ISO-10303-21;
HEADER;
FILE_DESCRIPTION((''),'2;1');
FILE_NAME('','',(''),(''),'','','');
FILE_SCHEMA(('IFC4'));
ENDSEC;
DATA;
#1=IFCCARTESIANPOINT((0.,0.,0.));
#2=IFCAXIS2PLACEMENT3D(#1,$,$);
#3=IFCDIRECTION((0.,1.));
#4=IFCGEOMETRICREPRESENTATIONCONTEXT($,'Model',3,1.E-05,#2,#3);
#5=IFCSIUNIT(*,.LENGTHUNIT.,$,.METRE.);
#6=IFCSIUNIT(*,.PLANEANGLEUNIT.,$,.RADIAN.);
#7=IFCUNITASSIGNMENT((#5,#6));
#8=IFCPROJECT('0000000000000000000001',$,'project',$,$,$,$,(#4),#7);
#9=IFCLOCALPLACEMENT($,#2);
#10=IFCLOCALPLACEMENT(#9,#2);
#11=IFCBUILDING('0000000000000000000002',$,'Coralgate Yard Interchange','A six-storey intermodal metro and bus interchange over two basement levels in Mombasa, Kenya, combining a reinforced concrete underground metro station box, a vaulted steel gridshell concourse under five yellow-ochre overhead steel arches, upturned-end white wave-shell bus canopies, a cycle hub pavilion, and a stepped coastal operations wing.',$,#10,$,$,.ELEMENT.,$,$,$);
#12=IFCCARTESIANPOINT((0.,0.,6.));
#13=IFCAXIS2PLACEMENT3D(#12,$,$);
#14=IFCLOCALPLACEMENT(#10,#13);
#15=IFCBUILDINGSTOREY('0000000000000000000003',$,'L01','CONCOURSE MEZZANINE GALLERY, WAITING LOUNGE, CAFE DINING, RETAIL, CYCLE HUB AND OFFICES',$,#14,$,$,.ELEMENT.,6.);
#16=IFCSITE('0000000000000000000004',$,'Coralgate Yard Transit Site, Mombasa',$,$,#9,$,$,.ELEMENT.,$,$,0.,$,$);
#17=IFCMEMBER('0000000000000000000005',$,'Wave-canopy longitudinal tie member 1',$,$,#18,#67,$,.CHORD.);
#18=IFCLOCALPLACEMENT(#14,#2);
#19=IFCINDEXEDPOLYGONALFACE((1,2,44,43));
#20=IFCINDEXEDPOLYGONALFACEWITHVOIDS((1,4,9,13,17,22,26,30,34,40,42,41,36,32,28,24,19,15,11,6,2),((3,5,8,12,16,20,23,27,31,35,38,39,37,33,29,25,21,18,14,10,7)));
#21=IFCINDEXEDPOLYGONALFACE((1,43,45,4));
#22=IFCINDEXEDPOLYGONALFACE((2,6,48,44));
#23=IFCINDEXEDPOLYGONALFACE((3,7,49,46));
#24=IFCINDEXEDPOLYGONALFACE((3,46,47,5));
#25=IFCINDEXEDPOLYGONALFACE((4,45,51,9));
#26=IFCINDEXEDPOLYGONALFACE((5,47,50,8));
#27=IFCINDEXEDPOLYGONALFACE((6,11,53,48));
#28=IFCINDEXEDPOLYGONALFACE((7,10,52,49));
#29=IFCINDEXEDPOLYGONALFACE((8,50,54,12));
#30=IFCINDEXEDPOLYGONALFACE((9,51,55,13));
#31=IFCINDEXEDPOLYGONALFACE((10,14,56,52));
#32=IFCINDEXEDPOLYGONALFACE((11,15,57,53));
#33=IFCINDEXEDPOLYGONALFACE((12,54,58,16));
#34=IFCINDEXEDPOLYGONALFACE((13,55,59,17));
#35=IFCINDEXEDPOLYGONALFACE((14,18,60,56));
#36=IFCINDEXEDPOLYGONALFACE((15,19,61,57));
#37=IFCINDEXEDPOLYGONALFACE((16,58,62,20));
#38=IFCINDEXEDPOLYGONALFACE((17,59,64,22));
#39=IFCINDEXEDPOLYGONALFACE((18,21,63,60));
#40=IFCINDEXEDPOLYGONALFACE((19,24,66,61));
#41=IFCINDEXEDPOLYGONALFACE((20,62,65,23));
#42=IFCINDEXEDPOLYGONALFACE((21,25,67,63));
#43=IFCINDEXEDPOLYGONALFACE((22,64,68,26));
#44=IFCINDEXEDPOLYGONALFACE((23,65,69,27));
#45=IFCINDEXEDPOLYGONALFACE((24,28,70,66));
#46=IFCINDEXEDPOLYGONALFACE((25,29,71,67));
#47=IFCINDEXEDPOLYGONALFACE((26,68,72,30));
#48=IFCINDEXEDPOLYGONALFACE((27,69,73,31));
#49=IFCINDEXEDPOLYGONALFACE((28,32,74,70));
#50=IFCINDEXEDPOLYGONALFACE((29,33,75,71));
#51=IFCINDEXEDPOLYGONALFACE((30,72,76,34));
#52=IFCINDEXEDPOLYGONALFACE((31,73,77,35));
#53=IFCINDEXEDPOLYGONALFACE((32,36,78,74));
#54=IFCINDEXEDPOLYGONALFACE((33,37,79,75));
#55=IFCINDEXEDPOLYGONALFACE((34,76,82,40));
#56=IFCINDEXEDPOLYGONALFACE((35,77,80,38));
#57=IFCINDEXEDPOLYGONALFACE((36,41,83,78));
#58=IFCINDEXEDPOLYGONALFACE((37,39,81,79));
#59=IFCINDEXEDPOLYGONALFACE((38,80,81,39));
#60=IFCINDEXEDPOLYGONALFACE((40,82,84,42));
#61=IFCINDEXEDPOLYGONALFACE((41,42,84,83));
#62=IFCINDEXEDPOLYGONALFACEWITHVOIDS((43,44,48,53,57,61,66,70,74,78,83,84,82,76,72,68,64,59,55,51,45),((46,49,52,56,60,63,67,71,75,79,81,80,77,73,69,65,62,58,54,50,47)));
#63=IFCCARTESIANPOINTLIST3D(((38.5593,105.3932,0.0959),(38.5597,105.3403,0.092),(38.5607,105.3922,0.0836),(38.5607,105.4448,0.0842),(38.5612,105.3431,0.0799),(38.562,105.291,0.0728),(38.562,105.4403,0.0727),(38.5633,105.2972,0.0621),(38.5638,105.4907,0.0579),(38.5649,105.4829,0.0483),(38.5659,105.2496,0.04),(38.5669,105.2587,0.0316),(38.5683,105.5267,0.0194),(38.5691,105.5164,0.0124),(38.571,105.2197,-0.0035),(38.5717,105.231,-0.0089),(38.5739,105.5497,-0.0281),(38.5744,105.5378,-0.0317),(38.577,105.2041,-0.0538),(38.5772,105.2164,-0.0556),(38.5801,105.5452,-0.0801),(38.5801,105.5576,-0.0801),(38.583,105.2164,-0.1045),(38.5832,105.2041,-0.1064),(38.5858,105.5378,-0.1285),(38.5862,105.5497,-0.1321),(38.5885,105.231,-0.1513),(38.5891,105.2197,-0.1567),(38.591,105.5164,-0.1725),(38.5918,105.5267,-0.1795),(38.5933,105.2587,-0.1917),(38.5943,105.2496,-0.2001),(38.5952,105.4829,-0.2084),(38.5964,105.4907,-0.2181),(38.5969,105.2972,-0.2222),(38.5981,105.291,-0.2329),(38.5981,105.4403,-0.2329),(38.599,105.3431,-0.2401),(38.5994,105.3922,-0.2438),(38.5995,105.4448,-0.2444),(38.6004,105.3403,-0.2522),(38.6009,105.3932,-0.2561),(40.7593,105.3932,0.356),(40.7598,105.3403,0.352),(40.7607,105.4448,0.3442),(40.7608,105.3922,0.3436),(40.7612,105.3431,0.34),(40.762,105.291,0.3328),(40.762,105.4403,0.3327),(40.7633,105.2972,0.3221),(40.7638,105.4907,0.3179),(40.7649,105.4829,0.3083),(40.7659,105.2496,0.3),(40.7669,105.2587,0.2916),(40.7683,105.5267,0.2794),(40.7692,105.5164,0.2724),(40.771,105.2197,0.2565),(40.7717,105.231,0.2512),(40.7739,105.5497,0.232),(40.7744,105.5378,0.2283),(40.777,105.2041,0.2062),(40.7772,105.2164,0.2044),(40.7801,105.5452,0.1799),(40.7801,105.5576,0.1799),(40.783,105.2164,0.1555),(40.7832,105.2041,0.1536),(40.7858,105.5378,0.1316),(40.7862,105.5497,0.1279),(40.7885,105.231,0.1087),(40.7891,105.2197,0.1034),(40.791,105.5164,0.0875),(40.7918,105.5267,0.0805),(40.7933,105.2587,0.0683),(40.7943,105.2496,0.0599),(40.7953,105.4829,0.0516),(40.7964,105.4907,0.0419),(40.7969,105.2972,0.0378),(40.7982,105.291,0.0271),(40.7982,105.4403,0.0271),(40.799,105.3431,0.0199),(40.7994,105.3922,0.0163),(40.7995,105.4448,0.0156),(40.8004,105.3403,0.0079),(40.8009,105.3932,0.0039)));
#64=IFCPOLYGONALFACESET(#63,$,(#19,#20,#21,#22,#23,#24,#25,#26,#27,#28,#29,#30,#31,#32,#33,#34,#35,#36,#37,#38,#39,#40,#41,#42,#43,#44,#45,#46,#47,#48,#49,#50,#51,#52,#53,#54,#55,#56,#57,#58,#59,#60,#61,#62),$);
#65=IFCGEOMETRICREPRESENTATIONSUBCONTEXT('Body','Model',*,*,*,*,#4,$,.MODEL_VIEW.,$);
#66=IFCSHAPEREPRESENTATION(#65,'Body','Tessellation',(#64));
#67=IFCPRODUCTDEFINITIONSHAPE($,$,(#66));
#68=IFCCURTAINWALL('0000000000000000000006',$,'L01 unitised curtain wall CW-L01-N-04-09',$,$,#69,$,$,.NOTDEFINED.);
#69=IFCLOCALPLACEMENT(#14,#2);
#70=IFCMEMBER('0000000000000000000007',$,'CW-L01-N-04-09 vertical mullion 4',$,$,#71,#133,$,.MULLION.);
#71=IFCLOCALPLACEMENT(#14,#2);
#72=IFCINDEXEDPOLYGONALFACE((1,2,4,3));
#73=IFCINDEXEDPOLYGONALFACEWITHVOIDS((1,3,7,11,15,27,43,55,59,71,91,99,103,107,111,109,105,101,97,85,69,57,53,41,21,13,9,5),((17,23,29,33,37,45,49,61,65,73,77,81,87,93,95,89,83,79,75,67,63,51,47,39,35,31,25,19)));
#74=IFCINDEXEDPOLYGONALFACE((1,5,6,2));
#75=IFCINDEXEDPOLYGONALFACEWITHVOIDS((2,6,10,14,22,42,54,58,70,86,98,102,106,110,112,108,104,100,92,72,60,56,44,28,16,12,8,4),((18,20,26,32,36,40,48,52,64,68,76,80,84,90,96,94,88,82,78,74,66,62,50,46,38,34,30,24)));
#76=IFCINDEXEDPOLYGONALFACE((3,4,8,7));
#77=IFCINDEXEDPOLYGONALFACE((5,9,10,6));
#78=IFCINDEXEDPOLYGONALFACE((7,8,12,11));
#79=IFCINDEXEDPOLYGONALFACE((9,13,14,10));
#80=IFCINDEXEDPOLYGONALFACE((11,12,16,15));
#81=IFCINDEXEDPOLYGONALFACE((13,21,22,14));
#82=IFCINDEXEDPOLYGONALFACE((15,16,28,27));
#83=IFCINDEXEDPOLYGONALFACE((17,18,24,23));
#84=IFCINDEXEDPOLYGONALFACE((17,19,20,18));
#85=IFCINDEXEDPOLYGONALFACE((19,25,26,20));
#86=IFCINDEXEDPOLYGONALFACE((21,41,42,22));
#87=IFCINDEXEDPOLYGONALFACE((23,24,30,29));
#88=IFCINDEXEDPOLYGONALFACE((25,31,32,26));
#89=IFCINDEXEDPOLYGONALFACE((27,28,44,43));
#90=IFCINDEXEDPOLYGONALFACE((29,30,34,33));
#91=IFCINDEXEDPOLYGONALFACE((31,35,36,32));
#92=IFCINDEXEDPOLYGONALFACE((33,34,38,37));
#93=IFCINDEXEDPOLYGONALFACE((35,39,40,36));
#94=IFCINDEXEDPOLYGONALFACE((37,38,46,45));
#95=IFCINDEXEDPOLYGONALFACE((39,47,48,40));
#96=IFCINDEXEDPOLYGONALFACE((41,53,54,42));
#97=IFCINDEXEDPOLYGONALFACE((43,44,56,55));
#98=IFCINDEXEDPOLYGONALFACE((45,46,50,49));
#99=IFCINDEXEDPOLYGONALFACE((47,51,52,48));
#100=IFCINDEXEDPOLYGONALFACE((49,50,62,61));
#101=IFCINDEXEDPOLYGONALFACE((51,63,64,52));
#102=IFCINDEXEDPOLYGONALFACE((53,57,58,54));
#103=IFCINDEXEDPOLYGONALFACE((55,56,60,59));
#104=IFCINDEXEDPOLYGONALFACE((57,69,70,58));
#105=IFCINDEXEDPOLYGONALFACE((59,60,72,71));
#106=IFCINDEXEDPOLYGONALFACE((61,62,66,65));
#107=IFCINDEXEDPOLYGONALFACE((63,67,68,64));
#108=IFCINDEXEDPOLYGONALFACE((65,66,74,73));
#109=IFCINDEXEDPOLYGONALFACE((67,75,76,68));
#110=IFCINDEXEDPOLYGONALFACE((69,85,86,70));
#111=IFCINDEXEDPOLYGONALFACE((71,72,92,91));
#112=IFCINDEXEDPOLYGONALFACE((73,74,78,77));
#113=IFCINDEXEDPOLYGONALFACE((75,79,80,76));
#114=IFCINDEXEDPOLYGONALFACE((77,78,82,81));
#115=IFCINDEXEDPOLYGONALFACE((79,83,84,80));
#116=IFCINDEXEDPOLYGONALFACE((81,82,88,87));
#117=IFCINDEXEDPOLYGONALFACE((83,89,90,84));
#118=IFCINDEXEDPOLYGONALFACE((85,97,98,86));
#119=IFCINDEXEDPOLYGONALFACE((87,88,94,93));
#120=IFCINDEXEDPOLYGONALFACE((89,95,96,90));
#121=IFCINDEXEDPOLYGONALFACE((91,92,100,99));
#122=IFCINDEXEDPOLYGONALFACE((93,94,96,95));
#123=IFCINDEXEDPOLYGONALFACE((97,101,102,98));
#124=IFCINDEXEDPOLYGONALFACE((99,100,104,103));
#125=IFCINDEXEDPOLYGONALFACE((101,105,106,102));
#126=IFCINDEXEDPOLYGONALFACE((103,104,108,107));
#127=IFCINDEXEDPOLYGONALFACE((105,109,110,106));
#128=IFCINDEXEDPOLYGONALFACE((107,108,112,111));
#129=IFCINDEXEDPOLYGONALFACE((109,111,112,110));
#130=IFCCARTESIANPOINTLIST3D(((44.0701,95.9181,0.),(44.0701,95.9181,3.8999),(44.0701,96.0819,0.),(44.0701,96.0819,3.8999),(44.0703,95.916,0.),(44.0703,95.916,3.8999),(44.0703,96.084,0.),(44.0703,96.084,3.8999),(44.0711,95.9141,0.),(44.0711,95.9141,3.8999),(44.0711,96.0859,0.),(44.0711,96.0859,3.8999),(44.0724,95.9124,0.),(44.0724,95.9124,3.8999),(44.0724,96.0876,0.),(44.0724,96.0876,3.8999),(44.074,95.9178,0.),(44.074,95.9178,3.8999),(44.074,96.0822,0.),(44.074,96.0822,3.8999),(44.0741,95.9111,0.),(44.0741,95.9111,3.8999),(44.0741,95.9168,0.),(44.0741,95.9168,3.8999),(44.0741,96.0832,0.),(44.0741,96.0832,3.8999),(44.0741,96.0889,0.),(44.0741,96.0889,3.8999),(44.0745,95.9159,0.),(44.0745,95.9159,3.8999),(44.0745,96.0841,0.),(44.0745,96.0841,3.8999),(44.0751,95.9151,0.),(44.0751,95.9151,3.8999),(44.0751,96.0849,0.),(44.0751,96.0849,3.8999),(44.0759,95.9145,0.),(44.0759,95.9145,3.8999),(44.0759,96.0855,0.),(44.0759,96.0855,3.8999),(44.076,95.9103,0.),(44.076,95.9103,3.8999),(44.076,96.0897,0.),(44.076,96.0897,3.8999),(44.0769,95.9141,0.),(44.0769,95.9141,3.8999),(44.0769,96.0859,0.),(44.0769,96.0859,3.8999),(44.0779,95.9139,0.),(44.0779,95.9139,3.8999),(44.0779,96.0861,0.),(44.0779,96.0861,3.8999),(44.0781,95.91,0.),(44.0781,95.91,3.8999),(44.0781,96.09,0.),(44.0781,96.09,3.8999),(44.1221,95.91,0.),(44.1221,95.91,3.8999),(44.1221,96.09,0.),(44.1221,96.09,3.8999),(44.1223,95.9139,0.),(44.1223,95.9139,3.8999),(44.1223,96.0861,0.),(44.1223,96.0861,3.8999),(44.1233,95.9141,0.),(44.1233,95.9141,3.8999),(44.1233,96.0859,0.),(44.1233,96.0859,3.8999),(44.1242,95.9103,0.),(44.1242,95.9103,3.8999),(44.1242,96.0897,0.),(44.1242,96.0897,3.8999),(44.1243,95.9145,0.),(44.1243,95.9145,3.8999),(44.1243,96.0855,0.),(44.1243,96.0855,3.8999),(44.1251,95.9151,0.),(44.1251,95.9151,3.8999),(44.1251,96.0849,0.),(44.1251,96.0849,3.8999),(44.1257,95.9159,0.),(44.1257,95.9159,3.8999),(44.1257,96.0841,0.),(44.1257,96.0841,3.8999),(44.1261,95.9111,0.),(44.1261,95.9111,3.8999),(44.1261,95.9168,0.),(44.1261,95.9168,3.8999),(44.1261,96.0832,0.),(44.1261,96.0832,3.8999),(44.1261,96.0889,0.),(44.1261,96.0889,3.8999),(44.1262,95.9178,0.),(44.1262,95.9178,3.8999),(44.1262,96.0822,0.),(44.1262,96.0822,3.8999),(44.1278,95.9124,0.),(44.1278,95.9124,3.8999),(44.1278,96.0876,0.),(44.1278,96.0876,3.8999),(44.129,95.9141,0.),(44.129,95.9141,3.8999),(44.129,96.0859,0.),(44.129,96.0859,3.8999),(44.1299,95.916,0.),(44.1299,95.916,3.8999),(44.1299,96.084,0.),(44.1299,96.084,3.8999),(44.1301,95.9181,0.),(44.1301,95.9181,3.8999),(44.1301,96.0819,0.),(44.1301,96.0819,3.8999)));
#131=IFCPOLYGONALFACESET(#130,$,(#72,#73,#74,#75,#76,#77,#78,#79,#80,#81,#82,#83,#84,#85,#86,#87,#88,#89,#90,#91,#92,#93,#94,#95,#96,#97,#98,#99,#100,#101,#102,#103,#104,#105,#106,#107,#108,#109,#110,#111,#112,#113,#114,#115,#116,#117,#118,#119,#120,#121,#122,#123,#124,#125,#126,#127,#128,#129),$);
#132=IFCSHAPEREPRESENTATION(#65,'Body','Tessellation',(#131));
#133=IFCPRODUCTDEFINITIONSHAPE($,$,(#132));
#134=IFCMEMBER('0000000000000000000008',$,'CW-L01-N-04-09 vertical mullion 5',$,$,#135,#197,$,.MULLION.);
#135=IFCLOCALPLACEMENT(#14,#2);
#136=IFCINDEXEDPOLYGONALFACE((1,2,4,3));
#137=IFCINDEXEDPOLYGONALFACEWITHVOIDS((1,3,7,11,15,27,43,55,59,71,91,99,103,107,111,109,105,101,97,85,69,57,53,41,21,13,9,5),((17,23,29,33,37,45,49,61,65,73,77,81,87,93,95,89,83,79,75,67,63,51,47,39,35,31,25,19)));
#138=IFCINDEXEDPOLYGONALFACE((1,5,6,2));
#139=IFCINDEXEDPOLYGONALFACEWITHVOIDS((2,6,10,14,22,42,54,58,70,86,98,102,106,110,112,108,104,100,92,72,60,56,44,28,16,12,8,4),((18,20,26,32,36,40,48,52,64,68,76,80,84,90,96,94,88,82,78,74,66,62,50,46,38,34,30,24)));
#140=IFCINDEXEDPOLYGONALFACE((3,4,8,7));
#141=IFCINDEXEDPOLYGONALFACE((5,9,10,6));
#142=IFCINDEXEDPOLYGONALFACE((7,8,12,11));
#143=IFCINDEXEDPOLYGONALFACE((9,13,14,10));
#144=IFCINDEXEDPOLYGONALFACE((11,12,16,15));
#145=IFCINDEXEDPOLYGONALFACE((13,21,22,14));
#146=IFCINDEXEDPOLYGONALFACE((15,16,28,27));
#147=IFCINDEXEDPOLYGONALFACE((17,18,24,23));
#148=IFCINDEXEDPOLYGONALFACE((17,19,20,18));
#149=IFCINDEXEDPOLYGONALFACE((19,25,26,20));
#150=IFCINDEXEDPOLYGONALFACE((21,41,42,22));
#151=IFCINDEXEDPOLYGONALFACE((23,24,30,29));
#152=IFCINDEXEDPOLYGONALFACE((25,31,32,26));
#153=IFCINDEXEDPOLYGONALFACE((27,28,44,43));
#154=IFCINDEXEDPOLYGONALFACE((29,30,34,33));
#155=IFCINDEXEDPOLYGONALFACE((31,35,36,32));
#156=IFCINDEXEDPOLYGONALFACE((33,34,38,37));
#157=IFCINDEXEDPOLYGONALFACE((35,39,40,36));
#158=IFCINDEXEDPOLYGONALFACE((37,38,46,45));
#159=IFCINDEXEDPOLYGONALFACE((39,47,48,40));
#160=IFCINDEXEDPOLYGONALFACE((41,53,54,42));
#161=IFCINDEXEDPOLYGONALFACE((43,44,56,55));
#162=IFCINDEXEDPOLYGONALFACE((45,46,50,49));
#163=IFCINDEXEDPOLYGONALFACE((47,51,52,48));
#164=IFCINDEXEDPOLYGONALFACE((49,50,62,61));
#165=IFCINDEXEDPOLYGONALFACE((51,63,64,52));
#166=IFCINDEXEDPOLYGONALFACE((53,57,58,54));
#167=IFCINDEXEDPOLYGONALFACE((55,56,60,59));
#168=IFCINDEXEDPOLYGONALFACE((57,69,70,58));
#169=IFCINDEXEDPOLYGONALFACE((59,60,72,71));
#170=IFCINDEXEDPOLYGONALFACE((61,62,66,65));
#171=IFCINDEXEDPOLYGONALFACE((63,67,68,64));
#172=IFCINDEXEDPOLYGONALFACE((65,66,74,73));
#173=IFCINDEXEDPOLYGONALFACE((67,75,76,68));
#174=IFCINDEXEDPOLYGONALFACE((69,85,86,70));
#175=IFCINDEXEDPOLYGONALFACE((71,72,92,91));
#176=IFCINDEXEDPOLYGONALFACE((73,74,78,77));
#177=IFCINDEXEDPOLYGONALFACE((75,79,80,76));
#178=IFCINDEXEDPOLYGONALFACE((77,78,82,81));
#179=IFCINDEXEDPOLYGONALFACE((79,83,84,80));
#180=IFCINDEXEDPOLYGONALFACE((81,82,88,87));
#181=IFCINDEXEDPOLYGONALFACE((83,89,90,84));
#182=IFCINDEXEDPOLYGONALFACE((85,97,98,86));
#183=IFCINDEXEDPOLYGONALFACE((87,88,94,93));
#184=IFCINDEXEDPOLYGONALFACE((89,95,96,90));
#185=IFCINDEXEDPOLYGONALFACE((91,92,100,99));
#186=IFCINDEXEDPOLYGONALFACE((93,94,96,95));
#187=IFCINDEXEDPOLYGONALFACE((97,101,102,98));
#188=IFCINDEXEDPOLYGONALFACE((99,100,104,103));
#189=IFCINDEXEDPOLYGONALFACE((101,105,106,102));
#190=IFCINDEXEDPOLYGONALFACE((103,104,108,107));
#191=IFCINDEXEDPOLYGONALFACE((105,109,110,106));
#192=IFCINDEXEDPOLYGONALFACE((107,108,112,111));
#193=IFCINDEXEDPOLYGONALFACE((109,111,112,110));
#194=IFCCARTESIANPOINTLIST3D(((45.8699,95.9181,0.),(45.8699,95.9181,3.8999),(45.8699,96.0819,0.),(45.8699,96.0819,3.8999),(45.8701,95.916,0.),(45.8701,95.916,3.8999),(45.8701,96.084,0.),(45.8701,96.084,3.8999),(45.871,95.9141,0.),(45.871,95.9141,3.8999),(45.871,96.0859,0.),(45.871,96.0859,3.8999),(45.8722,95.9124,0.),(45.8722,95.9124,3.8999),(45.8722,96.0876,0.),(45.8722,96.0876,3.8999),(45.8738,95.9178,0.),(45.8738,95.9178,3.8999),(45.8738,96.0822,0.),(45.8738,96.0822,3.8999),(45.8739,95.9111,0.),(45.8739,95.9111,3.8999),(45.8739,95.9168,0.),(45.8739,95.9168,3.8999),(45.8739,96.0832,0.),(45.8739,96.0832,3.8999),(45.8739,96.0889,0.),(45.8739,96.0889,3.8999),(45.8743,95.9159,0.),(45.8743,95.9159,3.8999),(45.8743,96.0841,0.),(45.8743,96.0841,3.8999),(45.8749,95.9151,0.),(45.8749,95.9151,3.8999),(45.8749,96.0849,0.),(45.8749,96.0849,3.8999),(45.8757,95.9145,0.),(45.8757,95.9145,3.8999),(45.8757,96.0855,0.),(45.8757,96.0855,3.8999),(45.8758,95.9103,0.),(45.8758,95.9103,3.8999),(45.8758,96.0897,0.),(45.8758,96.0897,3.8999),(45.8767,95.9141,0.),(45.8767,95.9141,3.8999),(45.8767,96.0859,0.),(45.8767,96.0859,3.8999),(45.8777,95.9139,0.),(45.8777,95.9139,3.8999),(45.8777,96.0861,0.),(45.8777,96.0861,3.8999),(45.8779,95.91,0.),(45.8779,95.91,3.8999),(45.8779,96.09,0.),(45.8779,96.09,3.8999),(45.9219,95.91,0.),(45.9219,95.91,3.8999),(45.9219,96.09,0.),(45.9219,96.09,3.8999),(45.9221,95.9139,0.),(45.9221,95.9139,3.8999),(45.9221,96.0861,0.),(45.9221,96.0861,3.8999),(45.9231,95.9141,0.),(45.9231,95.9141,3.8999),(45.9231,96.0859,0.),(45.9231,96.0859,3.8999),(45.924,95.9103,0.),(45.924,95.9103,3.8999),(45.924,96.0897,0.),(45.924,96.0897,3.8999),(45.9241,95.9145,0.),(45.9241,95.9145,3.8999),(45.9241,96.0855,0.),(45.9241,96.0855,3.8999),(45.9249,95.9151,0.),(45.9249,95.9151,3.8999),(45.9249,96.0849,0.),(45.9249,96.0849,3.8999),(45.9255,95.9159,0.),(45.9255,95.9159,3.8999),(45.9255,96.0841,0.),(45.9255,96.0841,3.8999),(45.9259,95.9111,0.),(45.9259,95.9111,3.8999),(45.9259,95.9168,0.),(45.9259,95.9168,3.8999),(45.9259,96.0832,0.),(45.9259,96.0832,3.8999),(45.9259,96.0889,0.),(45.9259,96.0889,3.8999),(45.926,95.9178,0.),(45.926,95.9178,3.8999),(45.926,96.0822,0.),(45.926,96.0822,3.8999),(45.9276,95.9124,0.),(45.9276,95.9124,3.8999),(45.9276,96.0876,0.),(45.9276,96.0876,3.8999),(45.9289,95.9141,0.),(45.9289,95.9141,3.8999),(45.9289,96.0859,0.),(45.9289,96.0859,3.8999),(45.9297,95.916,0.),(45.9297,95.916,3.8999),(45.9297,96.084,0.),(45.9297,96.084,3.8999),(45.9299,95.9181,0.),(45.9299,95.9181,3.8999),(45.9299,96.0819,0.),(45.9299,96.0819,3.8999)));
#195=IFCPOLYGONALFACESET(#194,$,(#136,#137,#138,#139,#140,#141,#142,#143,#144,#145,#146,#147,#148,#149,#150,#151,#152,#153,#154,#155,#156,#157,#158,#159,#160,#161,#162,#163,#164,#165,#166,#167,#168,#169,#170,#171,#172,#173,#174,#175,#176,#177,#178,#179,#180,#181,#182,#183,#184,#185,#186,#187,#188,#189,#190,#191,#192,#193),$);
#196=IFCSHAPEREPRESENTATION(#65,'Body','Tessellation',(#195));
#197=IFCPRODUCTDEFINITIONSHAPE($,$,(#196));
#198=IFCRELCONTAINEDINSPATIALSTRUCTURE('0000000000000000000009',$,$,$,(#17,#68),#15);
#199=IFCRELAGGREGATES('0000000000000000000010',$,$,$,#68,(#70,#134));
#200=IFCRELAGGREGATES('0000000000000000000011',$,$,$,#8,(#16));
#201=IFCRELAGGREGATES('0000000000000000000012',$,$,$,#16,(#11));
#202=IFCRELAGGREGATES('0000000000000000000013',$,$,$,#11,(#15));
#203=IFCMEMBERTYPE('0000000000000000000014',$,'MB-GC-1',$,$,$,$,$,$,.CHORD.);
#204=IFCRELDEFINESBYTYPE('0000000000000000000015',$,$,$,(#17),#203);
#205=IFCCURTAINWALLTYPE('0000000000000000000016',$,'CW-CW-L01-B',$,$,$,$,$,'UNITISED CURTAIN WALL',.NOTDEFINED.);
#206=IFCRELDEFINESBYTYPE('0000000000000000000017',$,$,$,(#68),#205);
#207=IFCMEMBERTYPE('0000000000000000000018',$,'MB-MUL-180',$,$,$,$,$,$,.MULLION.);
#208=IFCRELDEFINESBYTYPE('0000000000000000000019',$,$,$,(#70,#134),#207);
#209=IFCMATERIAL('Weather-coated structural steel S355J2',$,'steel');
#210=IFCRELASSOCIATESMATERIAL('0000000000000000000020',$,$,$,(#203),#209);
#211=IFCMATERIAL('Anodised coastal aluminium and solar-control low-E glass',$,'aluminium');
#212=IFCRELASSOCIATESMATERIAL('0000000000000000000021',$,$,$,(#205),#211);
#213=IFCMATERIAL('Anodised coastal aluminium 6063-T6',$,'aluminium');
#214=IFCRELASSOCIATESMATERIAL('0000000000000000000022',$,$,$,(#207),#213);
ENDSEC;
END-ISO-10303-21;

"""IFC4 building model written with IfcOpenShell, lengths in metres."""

from ifc_helpers import new_model, si_unit, direction, frame, origin, origin_2d, place, context, subcontext, project, spatial, hollow_rectangle, hollow_circle, extrude, material, material_profile, profile_set, type_object, element, aggregate, save


model = new_model("IFC4")

# Units and contexts
model_context = context("Model", 3, precision=1e-05, world=origin(), true_north=direction((0.0, 1.0)))
body_context = subcontext(model_context, "Body", "Model", "MODEL_VIEW")
ifc_project = project(units=[si_unit("LENGTHUNIT", "METRE"), si_unit("PLANEANGLEUNIT", "RADIAN")], contexts=[model_context])

# Site, building, storey
site_placement = place(None, origin())
site = spatial("IfcSite", under=ifc_project, at=site_placement, Name="Coralgate Yard Transit Site, Mombasa", CompositionType="ELEMENT", RefElevation=0.0)
building_placement = place(site_placement, origin())
building = spatial("IfcBuilding", under=site, at=building_placement, Name="Coralgate Yard Interchange", Description="A six-storey intermodal metro and bus interchange over two basement levels in Mombasa, Kenya, combining a reinforced concrete underground metro station box, a vaulted steel gridshell concourse under five yellow-ochre overhead steel arches, upturned-end white wave-shell bus canopies, a cycle hub pavilion, and a stepped coastal operations wing.", CompositionType="ELEMENT")
storey_placement = place(building_placement, frame((0.0, 0.0, 6.0)))
storey = spatial("IfcBuildingStorey", under=building, at=storey_placement, Name="L01", Description="CONCOURSE MEZZANINE GALLERY, WAITING LOUNGE, CAFE DINING, RETAIL, CYCLE HUB AND OFFICES", CompositionType="ELEMENT", Elevation=6.0)

# Member
ifc_material_1 = material(Name="Weather-coated structural steel S355J2", Category="steel")
ifc_material_profile_1 = material_profile(ifc_material_1, hollow_circle(Radius=0.1777, WallThickness=0.0125, at=origin_2d()), Name="CHS 355.6x12.5")
ifc_profile_set_1 = profile_set([ifc_material_profile_1], Name="Weather-coated structural steel S355J2")
member_type_1 = type_object("IfcMemberType", Name="MB-GC-1", PredefinedType="CHORD", material=ifc_profile_set_1)
member_1_placement = place(storey_placement, frame((38.5801, 105.3799, -0.0801), z_axis=(0.993088, 0.0, 0.117372), x_axis=(0.0, 1.0, 0.0)))
element("IfcMember", 1, at=member_1_placement, inside=storey, type_object=member_type_1, Name="Wave-canopy longitudinal tie member 1", PredefinedType="CHORD", context=body_context, shape_type="SweptSolid", body=[
    extrude(hollow_circle(Radius=0.1777, WallThickness=0.0125, at=origin_2d()), origin(), (0.0, 0.0, 1.0), 2.2153),
])

# Curtain wall, members
ifc_material_2 = material(Name="Anodised coastal aluminium and solar-control low-E glass", Category="aluminium")
curtain_wall_type = type_object("IfcCurtainWallType", Name="CW-CW-L01-B", ElementType="UNITISED CURTAIN WALL", PredefinedType="NOTDEFINED", material=ifc_material_2)
curtain_wall_placement = place(storey_placement, origin())
curtain_wall = element("IfcCurtainWall", 2, at=curtain_wall_placement, inside=storey, type_object=curtain_wall_type, Name="L01 unitised curtain wall CW-L01-N-04-09", PredefinedType="NOTDEFINED")
ifc_material_3 = material(Name="Anodised coastal aluminium 6063-T6", Category="aluminium")
ifc_material_profile_2 = material_profile(ifc_material_3, hollow_rectangle(XDim=0.0601, YDim=0.1799, WallThickness=0.0039, InnerFilletRadius=0.0039, OuterFilletRadius=0.0081, at=origin_2d()), Name="ALU 60x180x4")
ifc_profile_set_2 = profile_set([ifc_material_profile_2], Name="Anodised coastal aluminium 6063-T6")
member_type_2 = type_object("IfcMemberType", Name="MB-MUL-180", PredefinedType="MULLION", material=ifc_profile_set_2)
member_2_placement = place(storey_placement, frame((44.1001, 96.0, 0.0), z_axis=(0.0, 0.0, 1.0), x_axis=(1.0, 0.0, 0.0)))
member_2 = element("IfcMember", 3, at=member_2_placement, type_object=member_type_2, Name="CW-L01-N-04-09 vertical mullion 4", PredefinedType="MULLION", context=body_context, shape_type="SweptSolid", body=[
    extrude(hollow_rectangle(XDim=0.0601, YDim=0.1799, WallThickness=0.0039, InnerFilletRadius=0.0039, OuterFilletRadius=0.0081, at=origin_2d()), origin(), (0.0, 0.0, 1.0), 3.8999),
])
member_3_placement = place(storey_placement, frame((45.8999, 96.0, 0.0), z_axis=(0.0, 0.0, 1.0), x_axis=(1.0, 0.0, 0.0)))
member_3 = element("IfcMember", 4, at=member_3_placement, type_object=member_type_2, Name="CW-L01-N-04-09 vertical mullion 5", PredefinedType="MULLION", context=body_context, shape_type="SweptSolid", body=[
    extrude(hollow_rectangle(XDim=0.0601, YDim=0.1799, WallThickness=0.0039, InnerFilletRadius=0.0039, OuterFilletRadius=0.0081, at=origin_2d()), origin(), (0.0, 0.0, 1.0), 3.8999),
])

aggregate(curtain_wall, [member_2, member_3])

save(model, "model.ifc")
